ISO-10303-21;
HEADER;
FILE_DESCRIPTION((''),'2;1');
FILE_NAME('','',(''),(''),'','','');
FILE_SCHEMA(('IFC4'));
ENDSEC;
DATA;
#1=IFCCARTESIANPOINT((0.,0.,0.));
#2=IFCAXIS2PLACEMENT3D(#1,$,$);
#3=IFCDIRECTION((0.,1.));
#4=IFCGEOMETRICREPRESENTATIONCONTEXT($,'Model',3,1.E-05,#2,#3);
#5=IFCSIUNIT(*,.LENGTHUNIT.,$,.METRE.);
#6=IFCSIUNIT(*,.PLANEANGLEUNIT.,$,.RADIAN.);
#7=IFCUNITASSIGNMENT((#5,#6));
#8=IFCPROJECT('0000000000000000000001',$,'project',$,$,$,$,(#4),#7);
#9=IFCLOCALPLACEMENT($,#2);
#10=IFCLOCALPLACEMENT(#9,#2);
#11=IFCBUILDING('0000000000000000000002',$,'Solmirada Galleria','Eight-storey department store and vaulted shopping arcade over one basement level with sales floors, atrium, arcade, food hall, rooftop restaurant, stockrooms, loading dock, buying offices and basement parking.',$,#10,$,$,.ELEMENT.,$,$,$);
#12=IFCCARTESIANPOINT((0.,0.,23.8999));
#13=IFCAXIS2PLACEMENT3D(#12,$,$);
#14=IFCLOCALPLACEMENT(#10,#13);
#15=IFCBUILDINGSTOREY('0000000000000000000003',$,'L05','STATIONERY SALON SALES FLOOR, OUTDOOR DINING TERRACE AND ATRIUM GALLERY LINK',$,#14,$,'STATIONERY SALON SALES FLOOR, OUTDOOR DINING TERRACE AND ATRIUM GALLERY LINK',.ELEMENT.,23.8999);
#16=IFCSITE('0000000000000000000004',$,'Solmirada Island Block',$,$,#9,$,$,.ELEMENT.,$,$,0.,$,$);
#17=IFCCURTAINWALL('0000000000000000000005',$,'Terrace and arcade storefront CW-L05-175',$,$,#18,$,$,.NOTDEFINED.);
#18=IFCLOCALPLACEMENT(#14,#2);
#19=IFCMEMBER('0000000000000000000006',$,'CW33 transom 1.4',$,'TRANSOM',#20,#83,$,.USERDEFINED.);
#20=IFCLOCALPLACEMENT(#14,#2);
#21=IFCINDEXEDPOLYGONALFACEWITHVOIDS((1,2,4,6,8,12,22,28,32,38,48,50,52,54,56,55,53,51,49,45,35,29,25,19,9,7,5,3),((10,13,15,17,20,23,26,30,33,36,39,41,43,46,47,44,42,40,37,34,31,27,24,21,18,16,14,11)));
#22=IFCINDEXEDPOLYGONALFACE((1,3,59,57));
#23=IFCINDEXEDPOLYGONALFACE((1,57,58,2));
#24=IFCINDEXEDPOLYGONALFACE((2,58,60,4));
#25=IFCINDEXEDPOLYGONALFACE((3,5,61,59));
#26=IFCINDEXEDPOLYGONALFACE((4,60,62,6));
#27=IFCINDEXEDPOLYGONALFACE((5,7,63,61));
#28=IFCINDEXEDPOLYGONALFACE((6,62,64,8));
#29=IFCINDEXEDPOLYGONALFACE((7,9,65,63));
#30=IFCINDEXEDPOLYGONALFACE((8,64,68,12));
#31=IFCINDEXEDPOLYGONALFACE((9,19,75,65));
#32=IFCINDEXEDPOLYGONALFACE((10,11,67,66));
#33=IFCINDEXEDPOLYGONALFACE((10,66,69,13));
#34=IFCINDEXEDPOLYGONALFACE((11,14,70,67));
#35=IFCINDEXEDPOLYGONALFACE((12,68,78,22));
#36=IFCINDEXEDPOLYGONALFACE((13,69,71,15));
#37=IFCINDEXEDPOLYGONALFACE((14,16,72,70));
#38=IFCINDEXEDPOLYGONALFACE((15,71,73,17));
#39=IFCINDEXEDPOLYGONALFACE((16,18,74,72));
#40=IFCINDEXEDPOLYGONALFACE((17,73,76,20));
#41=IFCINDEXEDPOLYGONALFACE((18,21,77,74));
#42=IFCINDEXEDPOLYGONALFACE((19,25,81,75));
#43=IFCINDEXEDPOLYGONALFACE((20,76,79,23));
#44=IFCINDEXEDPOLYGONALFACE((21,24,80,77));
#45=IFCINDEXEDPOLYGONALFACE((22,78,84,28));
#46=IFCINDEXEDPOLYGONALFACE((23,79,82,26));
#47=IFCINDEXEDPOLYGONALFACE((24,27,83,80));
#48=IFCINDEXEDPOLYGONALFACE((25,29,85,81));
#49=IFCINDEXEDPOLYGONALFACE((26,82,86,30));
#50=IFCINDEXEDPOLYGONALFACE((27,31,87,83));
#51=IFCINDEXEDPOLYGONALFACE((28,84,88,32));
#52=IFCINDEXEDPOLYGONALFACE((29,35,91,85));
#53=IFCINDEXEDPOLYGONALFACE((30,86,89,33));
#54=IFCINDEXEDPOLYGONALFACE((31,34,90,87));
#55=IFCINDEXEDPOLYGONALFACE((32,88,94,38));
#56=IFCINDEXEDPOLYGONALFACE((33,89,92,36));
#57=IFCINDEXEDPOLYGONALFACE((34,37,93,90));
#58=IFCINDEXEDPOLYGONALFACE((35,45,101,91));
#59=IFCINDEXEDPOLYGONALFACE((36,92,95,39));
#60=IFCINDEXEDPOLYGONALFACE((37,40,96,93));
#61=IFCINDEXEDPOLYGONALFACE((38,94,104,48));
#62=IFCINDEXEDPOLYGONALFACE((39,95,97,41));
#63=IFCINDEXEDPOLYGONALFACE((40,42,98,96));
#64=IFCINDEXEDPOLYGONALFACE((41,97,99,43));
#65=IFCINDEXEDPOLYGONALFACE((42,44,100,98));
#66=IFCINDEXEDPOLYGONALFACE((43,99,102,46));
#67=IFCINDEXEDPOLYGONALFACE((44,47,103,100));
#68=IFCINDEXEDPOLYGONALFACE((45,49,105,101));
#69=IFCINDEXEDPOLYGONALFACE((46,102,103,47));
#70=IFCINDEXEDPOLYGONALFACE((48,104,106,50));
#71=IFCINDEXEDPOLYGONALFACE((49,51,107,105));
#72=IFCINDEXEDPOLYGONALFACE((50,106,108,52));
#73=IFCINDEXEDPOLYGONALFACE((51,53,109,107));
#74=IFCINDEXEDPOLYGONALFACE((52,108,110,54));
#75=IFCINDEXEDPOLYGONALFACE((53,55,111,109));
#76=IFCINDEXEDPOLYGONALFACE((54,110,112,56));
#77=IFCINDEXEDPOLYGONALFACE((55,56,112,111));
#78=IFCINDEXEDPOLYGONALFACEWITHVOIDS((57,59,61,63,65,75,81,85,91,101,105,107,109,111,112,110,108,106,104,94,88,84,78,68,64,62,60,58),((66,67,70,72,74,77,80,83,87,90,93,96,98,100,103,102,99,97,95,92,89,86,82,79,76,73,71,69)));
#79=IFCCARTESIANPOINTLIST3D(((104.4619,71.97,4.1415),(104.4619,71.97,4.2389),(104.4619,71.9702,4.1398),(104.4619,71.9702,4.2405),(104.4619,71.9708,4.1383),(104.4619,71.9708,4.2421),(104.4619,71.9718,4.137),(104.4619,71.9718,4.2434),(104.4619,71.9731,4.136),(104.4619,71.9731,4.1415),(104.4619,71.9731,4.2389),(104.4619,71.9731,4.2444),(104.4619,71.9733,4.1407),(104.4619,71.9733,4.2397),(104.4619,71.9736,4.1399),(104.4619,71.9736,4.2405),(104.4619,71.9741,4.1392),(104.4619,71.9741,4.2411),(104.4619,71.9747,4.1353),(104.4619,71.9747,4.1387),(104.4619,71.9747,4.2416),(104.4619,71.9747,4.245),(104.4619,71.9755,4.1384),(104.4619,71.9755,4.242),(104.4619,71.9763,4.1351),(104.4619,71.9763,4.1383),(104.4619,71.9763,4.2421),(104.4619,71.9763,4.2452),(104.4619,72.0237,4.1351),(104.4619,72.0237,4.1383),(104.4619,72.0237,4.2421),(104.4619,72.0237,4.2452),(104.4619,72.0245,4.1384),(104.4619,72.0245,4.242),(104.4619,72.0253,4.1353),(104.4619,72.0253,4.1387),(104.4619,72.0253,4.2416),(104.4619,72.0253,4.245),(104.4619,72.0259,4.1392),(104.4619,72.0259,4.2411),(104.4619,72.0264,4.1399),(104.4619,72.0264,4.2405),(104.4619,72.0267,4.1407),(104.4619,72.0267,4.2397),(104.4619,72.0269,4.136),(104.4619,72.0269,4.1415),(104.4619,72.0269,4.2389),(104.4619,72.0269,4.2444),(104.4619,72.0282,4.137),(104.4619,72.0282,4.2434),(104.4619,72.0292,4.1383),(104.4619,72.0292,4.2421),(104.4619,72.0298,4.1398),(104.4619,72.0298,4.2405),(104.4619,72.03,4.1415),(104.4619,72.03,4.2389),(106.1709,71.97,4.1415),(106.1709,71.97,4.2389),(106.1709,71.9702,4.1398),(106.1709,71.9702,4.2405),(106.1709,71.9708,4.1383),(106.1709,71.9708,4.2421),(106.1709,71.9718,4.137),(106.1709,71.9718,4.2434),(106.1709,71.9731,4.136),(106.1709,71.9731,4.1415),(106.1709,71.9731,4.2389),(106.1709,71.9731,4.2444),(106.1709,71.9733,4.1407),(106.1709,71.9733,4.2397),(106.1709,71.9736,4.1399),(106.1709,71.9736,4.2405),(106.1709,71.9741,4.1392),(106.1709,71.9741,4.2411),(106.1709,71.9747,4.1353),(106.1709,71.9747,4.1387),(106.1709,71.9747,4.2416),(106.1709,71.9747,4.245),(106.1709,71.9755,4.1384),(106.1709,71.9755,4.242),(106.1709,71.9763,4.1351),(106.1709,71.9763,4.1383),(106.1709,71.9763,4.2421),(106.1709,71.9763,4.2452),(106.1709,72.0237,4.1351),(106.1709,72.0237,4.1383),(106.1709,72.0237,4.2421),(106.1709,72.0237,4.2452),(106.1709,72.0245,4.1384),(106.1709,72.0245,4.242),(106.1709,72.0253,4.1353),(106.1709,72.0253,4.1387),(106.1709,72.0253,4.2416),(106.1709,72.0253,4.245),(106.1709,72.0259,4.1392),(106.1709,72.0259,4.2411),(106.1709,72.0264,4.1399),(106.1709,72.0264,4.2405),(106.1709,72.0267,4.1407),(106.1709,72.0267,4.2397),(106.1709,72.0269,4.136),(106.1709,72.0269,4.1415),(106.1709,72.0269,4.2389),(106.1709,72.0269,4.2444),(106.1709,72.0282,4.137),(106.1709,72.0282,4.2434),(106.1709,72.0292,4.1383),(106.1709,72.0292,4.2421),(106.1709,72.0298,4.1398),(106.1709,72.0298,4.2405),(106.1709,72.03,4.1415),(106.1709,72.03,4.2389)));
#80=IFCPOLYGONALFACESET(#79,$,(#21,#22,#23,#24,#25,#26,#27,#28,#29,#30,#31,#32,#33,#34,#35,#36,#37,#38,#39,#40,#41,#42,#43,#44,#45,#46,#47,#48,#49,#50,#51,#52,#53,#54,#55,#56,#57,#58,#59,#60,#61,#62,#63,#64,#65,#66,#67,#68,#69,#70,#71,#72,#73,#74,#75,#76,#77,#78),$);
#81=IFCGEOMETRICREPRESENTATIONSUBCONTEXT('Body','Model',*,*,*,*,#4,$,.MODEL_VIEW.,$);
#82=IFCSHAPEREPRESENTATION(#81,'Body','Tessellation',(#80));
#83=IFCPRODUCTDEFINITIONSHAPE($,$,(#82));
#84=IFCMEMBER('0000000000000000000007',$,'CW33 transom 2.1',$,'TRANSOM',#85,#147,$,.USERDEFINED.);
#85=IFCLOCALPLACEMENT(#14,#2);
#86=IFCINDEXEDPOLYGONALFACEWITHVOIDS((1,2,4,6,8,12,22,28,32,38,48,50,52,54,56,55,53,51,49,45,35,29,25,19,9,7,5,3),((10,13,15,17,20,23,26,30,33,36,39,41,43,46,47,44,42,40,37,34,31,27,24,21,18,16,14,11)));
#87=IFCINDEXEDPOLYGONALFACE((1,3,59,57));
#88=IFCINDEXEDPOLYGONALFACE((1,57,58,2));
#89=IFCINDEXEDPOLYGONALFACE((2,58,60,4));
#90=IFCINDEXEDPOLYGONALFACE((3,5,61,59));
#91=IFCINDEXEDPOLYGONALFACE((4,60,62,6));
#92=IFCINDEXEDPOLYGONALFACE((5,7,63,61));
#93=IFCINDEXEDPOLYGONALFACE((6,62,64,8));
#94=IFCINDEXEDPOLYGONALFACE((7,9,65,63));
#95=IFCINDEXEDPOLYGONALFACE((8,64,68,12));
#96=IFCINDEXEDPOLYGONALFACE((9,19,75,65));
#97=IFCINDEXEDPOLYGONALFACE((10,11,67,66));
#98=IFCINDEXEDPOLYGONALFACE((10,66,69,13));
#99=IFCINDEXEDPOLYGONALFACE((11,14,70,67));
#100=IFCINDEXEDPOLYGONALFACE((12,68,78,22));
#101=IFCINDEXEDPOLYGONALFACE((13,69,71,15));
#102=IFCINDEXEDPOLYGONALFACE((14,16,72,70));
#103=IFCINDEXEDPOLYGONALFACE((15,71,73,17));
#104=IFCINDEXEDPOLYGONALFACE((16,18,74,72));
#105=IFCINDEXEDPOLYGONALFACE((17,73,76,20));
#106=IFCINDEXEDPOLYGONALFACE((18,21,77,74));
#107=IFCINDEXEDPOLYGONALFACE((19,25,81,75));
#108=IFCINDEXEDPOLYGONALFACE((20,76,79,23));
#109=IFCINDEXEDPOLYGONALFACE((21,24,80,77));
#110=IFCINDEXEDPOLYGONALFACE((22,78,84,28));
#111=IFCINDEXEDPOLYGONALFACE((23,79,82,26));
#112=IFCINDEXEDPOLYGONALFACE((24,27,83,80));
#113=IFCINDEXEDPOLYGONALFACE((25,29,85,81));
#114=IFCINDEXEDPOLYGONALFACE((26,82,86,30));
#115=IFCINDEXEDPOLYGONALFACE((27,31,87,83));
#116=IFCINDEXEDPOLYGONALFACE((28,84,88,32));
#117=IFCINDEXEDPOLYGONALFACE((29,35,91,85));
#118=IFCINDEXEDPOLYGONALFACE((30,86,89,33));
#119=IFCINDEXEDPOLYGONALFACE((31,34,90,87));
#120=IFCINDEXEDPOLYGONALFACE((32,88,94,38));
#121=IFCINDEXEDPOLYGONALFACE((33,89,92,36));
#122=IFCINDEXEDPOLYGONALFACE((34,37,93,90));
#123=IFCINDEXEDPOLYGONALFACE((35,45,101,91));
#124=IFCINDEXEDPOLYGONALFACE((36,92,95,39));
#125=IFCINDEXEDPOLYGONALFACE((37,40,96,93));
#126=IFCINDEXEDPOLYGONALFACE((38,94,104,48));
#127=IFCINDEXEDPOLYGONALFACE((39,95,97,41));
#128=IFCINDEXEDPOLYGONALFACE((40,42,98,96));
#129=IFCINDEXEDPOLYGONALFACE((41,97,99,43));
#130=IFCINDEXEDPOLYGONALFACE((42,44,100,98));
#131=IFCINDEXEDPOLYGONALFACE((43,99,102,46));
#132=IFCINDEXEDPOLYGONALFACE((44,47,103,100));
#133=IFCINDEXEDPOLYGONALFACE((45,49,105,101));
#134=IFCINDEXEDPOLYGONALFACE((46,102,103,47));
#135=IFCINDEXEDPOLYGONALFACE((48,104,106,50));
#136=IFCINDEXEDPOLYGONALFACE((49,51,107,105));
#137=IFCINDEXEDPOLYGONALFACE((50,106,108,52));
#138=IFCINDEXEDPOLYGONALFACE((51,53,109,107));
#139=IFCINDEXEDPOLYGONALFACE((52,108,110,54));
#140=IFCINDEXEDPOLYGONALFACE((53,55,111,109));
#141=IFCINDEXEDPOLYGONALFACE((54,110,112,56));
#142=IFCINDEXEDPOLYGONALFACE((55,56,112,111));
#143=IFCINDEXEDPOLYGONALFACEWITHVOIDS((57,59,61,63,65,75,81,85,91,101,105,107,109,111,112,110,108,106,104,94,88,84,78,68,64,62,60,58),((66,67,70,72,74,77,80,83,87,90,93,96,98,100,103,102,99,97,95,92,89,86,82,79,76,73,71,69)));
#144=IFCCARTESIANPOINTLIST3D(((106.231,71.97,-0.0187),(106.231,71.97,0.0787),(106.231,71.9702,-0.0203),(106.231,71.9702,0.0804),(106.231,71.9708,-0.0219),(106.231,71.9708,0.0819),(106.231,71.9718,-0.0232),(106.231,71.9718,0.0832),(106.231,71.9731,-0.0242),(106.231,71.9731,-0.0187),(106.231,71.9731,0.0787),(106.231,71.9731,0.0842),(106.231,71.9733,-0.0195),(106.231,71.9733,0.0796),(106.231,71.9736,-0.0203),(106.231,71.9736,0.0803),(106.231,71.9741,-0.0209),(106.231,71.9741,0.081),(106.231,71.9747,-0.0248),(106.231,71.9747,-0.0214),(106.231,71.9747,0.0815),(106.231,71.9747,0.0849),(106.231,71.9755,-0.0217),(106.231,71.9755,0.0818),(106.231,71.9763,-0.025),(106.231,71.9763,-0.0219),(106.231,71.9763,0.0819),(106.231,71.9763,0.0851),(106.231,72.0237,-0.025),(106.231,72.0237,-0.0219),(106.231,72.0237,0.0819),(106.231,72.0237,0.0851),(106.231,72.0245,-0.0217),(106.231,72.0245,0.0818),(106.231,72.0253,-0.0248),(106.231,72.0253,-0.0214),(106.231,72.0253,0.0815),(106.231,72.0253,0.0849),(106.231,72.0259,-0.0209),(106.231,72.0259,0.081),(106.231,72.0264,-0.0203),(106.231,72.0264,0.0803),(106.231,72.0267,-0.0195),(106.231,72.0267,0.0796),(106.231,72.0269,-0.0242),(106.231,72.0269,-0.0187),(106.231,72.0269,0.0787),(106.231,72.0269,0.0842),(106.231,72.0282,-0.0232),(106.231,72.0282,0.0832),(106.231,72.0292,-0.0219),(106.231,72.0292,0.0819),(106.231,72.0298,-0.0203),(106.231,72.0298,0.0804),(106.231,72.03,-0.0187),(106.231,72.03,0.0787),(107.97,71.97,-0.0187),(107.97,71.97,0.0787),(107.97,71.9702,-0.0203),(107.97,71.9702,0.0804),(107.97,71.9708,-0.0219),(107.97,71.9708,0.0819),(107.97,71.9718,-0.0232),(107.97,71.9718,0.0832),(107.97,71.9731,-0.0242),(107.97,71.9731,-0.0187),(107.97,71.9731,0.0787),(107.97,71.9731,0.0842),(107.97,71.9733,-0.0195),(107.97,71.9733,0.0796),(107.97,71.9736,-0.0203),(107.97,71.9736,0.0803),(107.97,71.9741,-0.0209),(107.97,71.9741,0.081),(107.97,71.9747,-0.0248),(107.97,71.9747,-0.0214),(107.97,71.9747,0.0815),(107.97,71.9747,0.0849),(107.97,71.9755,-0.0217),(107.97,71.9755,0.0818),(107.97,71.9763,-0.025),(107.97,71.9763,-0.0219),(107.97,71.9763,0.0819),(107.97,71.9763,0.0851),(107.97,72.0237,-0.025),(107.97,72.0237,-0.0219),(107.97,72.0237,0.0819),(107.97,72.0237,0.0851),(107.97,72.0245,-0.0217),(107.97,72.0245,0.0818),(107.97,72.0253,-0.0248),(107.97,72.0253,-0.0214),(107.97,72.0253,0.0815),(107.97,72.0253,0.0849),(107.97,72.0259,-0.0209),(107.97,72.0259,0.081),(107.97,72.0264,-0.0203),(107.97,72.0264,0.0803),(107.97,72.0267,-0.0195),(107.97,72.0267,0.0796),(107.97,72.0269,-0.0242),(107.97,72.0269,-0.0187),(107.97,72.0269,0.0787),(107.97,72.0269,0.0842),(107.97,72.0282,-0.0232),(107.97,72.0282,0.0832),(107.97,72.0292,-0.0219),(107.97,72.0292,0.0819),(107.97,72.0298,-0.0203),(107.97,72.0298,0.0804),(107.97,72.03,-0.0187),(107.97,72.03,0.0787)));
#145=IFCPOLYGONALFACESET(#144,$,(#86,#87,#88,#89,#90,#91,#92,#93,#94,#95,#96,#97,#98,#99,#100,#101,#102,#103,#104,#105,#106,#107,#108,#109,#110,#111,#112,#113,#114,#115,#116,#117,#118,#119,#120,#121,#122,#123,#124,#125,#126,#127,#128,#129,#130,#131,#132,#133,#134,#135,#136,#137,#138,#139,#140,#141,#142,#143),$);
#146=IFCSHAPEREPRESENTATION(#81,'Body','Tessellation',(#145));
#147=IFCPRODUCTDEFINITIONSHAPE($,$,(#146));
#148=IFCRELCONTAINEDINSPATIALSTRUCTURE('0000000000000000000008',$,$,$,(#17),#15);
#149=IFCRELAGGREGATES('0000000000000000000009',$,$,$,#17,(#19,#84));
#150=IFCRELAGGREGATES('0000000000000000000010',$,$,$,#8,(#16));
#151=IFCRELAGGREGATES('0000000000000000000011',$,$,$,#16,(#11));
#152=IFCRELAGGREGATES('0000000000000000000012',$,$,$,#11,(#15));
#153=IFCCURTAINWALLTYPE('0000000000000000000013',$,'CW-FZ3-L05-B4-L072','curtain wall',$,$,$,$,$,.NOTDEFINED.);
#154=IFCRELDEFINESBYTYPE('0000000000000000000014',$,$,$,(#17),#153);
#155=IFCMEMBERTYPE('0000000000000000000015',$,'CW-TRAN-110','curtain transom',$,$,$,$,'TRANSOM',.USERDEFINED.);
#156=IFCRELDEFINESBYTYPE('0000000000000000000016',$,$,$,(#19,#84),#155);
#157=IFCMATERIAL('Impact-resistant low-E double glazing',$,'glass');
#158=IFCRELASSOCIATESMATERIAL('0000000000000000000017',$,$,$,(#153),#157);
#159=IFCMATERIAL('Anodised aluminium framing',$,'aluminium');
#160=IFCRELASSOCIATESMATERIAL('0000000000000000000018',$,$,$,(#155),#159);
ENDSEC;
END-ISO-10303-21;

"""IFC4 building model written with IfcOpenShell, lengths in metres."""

from ifc_helpers import new_model, si_unit, direction, frame, origin, origin_2d, place, context, subcontext, project, spatial, hollow_rectangle, extrude, material, material_profile, profile_set, type_object, element, aggregate, save


model = new_model("IFC4")

# Units and contexts
model_context = context("Model", 3, precision=1e-05, world=origin(), true_north=direction((0.0, 1.0)))
body_context = subcontext(model_context, "Body", "Model", "MODEL_VIEW")
ifc_project = project(units=[si_unit("LENGTHUNIT", "METRE"), si_unit("PLANEANGLEUNIT", "RADIAN")], contexts=[model_context])

# Site, building, storey
site_placement = place(None, origin())
site = spatial("IfcSite", under=ifc_project, at=site_placement, Name="Solmirada Island Block", CompositionType="ELEMENT", RefElevation=0.0)
building_placement = place(site_placement, origin())
building = spatial("IfcBuilding", under=site, at=building_placement, Name="Solmirada Galleria", Description="Eight-storey department store and vaulted shopping arcade over one basement level with sales floors, atrium, arcade, food hall, rooftop restaurant, stockrooms, loading dock, buying offices and basement parking.", CompositionType="ELEMENT")
storey_placement = place(building_placement, frame((0.0, 0.0, 23.8999)))
storey = spatial("IfcBuildingStorey", under=building, at=storey_placement, Name="L05", Description="STATIONERY SALON SALES FLOOR, OUTDOOR DINING TERRACE AND ATRIUM GALLERY LINK", LongName="STATIONERY SALON SALES FLOOR, OUTDOOR DINING TERRACE AND ATRIUM GALLERY LINK", CompositionType="ELEMENT", Elevation=23.8999)

# Curtain wall, members
ifc_material_1 = material(Name="Impact-resistant low-E double glazing", Category="glass")
curtain_wall_type = type_object("IfcCurtainWallType", Name="CW-FZ3-L05-B4-L072", Description="curtain wall", PredefinedType="NOTDEFINED", material=ifc_material_1)
curtain_wall_placement = place(storey_placement, origin())
curtain_wall = element("IfcCurtainWall", 1, at=curtain_wall_placement, inside=storey, type_object=curtain_wall_type, Name="Terrace and arcade storefront CW-L05-175", PredefinedType="NOTDEFINED")
ifc_material_2 = material(Name="Anodised aluminium framing", Category="aluminium")
ifc_material_profile_1 = material_profile(ifc_material_2, hollow_rectangle(XDim=0.0601, YDim=0.1101, WallThickness=0.0032, InnerFilletRadius=0.0032, OuterFilletRadius=0.0063, at=origin_2d()), Name="ALU-TRAN-110X60")
ifc_profile_set_1 = profile_set([ifc_material_profile_1], Name="Anodised aluminium framing")
member_type_1 = type_object("IfcMemberType", Name="CW-TRAN-110", Description="curtain transom", ElementType="TRANSOM", PredefinedType="USERDEFINED", material=ifc_profile_set_1)
member_1_placement = place(storey_placement, frame((104.4619, 72.0, 4.1902), z_axis=(1.0, 0.0, 0.0), x_axis=(0.0, 1.0, 0.0)))
member_1 = element("IfcMember", 2, at=member_1_placement, type_object=member_type_1, Name="CW33 transom 1.4", ObjectType="TRANSOM", PredefinedType="USERDEFINED", context=body_context, shape_type="SweptSolid", body=[
    extrude(hollow_rectangle(XDim=0.0601, YDim=0.1101, WallThickness=0.0032, InnerFilletRadius=0.0032, OuterFilletRadius=0.0063, at=origin_2d()), origin(), (0.0, 0.0, 1.0), 1.709),
])
member_2_placement = place(storey_placement, frame((106.231, 72.0, 0.03), z_axis=(1.0, 0.0, 0.0), x_axis=(0.0, 1.0, 0.0)))
member_2 = element("IfcMember", 3, at=member_2_placement, type_object=member_type_1, Name="CW33 transom 2.1", ObjectType="TRANSOM", PredefinedType="USERDEFINED", context=body_context, shape_type="SweptSolid", body=[
    extrude(hollow_rectangle(XDim=0.0601, YDim=0.1101, WallThickness=0.0032, InnerFilletRadius=0.0032, OuterFilletRadius=0.0063, at=origin_2d()), origin(), (0.0, 0.0, 1.0), 1.739),
])
aggregate(curtain_wall, [member_1, member_2])

save(model, "model.ifc")
